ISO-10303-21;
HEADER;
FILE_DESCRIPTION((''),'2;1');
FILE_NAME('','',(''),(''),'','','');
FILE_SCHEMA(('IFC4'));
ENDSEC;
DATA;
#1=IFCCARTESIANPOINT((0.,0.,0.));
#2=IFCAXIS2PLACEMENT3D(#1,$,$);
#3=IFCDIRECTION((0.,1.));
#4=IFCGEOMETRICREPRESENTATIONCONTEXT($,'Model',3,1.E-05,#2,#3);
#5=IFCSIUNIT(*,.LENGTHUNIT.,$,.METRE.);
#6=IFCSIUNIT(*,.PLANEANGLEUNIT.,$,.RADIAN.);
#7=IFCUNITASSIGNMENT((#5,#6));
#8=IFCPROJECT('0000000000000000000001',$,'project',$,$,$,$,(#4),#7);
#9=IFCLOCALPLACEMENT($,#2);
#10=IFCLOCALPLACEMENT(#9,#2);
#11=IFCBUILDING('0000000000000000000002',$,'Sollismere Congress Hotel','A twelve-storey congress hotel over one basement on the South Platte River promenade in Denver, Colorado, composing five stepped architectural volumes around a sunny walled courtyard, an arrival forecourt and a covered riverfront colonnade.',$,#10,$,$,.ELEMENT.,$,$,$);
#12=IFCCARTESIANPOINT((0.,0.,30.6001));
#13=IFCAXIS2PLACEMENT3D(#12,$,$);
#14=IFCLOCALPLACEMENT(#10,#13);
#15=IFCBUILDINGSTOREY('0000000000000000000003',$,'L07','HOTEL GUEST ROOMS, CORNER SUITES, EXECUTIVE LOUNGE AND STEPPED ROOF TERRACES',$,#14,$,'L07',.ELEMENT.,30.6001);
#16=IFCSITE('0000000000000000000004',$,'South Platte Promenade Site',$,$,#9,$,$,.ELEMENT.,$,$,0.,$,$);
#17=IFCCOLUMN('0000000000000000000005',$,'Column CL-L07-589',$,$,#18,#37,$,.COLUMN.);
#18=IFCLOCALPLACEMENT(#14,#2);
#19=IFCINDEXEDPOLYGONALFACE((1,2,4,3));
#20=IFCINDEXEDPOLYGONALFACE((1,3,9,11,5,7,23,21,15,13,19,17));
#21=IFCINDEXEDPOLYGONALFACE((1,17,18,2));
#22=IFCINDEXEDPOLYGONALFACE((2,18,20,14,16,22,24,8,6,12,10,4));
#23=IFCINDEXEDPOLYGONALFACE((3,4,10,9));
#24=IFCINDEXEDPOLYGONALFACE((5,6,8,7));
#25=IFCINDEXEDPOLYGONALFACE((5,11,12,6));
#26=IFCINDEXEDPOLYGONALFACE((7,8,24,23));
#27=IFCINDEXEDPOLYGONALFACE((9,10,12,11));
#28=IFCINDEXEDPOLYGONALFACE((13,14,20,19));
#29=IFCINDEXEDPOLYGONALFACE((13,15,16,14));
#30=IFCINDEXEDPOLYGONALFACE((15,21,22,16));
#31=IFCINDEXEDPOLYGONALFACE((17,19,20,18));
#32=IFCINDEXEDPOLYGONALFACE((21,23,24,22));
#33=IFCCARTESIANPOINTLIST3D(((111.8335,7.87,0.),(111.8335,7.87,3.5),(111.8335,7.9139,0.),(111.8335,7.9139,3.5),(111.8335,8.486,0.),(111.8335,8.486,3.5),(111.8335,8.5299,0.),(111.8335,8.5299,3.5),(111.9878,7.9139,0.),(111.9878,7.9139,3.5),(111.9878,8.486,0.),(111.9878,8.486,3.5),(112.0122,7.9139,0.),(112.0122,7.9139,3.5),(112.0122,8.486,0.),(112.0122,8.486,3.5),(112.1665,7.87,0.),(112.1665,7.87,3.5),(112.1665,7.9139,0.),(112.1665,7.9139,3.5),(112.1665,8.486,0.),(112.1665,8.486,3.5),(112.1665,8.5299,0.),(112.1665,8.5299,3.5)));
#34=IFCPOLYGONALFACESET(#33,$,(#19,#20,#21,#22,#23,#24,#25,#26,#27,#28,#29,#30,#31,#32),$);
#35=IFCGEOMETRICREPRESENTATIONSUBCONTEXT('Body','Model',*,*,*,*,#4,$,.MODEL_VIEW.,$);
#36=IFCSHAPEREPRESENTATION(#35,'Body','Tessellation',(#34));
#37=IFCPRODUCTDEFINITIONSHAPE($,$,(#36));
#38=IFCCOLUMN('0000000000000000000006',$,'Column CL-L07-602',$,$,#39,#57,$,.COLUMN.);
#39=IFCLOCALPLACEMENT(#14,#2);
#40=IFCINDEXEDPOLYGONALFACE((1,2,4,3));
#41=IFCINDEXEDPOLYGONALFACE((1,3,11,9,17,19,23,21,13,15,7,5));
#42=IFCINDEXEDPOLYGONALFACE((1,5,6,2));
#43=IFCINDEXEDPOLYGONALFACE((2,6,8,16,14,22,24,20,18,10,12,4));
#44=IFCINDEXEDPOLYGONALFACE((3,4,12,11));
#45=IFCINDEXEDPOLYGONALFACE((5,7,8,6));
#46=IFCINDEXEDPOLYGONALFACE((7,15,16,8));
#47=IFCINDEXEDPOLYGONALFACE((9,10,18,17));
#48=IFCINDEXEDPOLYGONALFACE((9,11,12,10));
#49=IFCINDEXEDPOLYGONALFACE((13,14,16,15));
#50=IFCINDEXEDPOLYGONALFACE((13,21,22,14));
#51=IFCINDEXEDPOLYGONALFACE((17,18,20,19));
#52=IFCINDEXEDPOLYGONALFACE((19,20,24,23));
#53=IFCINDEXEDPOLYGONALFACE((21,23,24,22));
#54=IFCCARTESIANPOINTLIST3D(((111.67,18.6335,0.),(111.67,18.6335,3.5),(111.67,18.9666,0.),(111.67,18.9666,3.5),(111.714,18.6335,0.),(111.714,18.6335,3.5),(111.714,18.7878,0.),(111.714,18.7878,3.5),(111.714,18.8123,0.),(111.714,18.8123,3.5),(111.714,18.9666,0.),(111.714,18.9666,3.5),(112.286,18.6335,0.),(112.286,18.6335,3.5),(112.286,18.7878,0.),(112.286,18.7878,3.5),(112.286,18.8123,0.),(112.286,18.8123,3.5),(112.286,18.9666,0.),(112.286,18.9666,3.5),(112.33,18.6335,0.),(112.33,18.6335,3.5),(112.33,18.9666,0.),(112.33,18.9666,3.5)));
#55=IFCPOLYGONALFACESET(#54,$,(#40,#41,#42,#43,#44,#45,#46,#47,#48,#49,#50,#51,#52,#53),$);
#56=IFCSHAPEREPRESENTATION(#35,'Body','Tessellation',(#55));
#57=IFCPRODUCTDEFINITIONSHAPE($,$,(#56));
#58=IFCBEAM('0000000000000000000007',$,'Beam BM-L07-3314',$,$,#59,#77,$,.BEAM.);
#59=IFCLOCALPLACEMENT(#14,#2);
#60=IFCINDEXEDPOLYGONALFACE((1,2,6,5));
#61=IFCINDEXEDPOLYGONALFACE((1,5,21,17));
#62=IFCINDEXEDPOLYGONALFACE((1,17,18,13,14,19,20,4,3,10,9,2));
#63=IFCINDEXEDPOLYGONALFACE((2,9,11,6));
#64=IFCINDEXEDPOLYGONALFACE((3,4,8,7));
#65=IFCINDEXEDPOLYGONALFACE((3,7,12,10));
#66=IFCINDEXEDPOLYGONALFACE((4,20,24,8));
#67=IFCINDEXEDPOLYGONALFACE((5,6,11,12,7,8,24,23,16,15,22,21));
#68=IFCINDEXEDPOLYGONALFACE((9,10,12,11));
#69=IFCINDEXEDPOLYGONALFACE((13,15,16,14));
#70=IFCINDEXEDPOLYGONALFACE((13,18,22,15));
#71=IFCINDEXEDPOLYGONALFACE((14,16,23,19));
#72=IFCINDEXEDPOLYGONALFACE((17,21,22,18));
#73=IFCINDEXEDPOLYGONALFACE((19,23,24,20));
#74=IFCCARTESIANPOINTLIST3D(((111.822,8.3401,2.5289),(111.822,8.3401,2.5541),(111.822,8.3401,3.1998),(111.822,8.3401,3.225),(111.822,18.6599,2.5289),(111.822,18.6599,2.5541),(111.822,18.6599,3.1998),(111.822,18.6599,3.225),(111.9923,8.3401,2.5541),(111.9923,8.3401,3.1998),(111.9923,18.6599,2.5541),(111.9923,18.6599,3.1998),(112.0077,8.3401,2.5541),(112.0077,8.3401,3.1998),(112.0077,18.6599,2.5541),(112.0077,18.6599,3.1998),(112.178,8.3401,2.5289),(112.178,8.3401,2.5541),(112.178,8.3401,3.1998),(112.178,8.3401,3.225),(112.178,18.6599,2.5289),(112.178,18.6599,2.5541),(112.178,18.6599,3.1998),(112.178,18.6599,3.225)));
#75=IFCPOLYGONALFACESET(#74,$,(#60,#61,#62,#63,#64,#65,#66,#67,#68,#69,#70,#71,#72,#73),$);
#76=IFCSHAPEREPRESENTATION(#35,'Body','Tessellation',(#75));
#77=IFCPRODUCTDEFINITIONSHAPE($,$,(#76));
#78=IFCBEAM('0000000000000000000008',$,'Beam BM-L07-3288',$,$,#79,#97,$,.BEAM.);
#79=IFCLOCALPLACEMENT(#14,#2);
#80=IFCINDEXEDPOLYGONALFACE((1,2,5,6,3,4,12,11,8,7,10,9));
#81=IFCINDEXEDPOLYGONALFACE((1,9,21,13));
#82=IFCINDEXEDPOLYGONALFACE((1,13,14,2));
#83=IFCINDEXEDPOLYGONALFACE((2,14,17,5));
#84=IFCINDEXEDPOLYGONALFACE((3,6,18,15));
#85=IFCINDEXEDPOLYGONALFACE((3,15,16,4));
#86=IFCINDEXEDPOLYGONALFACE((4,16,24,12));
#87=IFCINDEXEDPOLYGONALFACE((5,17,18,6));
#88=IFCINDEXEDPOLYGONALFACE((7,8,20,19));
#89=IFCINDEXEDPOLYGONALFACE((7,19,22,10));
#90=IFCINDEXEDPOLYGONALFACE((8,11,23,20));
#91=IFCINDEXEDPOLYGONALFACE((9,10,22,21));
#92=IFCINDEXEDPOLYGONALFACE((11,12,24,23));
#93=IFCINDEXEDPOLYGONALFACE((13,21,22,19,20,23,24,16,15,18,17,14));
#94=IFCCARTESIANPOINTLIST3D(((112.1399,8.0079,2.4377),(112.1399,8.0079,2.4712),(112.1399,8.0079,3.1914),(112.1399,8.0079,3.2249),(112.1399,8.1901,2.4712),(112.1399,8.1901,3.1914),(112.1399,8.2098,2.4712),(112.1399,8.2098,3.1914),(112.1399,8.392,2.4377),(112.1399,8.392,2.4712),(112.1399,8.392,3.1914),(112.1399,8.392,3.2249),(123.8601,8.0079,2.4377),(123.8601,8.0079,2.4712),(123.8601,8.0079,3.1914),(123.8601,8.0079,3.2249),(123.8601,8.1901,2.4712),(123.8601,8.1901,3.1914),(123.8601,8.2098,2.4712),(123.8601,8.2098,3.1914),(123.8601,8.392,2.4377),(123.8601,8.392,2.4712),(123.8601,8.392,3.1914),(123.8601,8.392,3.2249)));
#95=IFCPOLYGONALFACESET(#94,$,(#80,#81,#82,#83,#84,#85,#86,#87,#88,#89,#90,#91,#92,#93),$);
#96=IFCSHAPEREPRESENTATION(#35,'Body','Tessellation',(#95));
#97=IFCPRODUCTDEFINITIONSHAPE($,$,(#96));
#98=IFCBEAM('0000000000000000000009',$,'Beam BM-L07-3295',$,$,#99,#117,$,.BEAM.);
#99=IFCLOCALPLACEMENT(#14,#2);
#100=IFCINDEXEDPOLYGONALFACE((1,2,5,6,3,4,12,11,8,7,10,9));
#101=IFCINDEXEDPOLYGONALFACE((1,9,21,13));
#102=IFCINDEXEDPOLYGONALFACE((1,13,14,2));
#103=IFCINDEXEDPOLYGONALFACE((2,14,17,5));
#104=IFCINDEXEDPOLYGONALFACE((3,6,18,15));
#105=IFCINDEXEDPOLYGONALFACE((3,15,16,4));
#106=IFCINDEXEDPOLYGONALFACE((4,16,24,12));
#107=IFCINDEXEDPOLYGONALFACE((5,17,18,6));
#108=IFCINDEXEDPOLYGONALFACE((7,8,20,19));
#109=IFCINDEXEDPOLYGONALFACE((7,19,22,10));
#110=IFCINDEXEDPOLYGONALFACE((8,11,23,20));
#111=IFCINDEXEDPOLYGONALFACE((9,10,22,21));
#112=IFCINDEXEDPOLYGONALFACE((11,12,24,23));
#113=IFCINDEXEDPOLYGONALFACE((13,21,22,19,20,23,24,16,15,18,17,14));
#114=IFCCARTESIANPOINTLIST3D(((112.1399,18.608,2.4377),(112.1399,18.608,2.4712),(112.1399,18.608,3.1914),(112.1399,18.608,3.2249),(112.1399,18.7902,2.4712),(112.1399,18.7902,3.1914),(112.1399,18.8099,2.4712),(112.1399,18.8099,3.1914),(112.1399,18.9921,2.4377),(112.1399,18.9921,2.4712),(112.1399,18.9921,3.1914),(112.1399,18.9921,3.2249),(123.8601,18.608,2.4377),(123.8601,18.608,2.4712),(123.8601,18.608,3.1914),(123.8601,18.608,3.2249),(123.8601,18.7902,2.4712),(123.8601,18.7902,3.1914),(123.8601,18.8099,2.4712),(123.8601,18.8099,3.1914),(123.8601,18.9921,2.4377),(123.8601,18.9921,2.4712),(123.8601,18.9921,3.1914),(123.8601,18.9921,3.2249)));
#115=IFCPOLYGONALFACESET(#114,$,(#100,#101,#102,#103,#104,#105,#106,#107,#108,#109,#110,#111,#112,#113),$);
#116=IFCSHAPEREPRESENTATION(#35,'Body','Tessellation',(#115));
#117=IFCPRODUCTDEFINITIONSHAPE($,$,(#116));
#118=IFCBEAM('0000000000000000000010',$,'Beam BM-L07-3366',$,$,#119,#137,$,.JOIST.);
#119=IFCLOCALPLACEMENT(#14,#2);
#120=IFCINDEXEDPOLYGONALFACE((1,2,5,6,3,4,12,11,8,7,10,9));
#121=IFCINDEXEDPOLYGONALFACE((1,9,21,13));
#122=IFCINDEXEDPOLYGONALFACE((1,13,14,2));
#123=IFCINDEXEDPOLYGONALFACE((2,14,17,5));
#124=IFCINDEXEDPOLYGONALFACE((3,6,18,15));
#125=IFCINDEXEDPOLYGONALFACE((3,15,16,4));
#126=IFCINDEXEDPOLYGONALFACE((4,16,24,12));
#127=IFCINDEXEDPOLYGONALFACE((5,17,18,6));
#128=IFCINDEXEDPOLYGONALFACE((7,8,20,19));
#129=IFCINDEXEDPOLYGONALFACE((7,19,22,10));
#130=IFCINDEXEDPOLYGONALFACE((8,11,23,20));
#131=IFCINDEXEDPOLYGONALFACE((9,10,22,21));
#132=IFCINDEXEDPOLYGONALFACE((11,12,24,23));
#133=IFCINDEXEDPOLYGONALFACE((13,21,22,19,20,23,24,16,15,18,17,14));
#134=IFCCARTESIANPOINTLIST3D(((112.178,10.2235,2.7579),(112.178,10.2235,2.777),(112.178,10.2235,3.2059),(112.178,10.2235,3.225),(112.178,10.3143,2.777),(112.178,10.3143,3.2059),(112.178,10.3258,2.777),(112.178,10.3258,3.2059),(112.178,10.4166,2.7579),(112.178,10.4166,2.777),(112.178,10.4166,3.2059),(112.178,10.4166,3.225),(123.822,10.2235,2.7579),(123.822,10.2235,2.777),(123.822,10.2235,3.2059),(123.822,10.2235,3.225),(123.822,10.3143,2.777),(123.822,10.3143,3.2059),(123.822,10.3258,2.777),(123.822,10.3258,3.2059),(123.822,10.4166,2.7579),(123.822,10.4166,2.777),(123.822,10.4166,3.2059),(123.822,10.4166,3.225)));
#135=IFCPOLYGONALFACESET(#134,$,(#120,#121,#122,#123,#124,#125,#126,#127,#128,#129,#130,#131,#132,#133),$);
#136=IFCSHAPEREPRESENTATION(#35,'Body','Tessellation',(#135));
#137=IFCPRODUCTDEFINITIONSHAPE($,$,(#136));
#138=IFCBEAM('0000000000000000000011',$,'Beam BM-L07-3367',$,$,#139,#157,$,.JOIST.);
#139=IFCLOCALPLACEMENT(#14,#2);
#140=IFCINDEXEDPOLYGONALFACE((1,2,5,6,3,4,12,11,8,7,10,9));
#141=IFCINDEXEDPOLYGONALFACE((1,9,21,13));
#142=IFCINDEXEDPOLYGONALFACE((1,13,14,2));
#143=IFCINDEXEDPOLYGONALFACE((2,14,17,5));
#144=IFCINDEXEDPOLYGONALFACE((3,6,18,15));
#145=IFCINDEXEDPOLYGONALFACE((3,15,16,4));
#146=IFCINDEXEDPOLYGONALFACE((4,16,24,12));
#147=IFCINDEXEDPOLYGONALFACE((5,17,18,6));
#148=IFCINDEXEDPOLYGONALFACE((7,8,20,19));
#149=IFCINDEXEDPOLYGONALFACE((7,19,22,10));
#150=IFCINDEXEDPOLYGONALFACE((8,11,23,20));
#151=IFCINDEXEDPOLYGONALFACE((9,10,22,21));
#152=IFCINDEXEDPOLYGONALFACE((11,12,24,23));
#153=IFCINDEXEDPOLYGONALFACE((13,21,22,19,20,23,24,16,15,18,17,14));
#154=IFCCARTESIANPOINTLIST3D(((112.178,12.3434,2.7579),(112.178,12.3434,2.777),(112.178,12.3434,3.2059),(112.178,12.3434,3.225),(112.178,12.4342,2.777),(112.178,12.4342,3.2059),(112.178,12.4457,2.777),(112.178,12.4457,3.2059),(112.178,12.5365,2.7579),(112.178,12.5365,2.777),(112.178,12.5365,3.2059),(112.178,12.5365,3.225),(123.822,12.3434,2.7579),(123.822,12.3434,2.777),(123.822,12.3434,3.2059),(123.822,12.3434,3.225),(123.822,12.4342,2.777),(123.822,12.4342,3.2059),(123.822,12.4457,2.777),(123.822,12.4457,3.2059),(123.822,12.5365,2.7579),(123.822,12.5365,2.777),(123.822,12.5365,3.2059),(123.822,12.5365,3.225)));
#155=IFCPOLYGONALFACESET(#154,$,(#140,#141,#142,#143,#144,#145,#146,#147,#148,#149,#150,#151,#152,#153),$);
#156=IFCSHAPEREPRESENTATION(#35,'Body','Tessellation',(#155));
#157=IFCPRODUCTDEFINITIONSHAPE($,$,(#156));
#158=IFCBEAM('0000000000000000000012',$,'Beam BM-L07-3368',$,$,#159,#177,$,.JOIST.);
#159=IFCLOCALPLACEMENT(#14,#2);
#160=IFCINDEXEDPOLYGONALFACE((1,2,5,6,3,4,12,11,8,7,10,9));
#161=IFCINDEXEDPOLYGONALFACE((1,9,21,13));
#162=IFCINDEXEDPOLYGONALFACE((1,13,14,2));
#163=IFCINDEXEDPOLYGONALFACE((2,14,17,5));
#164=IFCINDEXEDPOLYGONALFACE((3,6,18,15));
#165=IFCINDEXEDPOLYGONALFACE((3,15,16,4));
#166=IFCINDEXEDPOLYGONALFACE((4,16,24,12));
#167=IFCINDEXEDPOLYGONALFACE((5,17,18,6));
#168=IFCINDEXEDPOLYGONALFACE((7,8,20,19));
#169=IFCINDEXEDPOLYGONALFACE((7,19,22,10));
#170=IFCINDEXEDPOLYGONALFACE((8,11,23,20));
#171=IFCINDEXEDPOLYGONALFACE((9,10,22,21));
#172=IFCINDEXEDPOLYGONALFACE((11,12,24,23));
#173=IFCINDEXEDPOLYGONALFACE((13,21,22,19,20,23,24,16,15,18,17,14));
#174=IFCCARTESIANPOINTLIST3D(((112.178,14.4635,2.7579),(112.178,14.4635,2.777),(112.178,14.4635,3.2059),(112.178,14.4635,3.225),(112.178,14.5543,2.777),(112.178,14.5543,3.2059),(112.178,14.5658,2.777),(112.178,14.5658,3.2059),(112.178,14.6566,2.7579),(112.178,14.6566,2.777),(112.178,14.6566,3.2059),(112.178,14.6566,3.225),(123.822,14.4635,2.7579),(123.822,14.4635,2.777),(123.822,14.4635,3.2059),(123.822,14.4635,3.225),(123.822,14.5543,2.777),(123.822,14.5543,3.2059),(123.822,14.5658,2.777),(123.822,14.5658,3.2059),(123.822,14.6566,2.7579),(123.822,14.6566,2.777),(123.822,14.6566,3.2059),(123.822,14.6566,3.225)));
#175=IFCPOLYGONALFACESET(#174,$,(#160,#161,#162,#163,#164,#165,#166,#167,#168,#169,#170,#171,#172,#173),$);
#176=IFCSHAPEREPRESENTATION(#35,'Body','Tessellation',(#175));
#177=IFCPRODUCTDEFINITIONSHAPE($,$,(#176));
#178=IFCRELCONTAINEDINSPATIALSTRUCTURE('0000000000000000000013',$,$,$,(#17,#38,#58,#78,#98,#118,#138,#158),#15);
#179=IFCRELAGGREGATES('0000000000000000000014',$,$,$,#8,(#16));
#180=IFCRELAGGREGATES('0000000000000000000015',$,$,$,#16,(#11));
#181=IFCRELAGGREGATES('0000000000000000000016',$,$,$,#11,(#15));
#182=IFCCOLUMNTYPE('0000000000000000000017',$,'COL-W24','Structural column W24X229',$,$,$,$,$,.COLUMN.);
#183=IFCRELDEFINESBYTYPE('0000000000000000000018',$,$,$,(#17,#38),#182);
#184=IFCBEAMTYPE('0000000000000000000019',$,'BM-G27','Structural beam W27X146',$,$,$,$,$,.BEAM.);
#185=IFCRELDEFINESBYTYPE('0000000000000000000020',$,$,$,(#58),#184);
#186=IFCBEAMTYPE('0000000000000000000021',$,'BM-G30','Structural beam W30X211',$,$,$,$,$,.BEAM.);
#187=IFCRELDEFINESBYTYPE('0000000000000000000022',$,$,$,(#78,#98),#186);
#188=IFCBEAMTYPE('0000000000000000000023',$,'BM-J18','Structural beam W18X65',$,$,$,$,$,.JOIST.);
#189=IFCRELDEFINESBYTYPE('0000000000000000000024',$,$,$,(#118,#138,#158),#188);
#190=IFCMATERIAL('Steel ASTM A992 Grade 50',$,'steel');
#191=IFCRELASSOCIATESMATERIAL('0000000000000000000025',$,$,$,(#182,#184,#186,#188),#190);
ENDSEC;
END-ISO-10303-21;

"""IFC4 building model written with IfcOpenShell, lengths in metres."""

from ifc_helpers import new_model, si_unit, direction, frame, origin, origin_2d, place, context, subcontext, project, spatial, i_section, extrude, material, material_profile, profile_set, type_object, element, save


model = new_model("IFC4")

# Units and contexts
model_context = context("Model", 3, precision=1e-05, world=origin(), true_north=direction((0.0, 1.0)))
body_context = subcontext(model_context, "Body", "Model", "MODEL_VIEW")
ifc_project = project(units=[si_unit("LENGTHUNIT", "METRE"), si_unit("PLANEANGLEUNIT", "RADIAN")], contexts=[model_context])

# Site, building, storey
site_placement = place(None, origin())
site = spatial("IfcSite", under=ifc_project, at=site_placement, Name="South Platte Promenade Site", CompositionType="ELEMENT", RefElevation=0.0)
building_placement = place(site_placement, origin())
building = spatial("IfcBuilding", under=site, at=building_placement, Name="Sollismere Congress Hotel", Description="A twelve-storey congress hotel over one basement on the South Platte River promenade in Denver, Colorado, composing five stepped architectural volumes around a sunny walled courtyard, an arrival forecourt and a covered riverfront colonnade.", CompositionType="ELEMENT")
storey_placement = place(building_placement, frame((0.0, 0.0, 30.6001)))
storey = spatial("IfcBuildingStorey", under=building, at=storey_placement, Name="L07", Description="HOTEL GUEST ROOMS, CORNER SUITES, EXECUTIVE LOUNGE AND STEPPED ROOF TERRACES", LongName="L07", CompositionType="ELEMENT", Elevation=30.6001)

# Columns
ifc_material_1 = material(Name="Steel ASTM A992 Grade 50", Category="steel")
ifc_material_profile_1 = material_profile(ifc_material_1, i_section(OverallWidth=0.333, OverallDepth=0.6599, WebThickness=0.0244, FlangeThickness=0.0439, at=origin_2d()), Name="W24X229")
ifc_profile_set_1 = profile_set([ifc_material_profile_1], Name="Steel ASTM A992 Grade 50")
column_type = type_object("IfcColumnType", Name="COL-W24", Description="Structural column W24X229", PredefinedType="COLUMN", material=ifc_profile_set_1)
for number, where, z_axis, x_axis, name in (
    (1, (112.0, 8.2, 0.0), (0.0, 0.0, 1.0), (1.0, 0.0, 0.0), "Column CL-L07-589"),
    (2, (112.0, 18.8, 0.0), (0.0, 0.0, 1.0), (0.0, 1.0, 0.0), "Column CL-L07-602"),
):
    element("IfcColumn", number, at=place(storey_placement, frame(where, z_axis=z_axis, x_axis=x_axis)), inside=storey, type_object=column_type, Name=name, PredefinedType="COLUMN", context=body_context, shape_type="SweptSolid", body=[
        extrude(i_section(OverallWidth=0.333, OverallDepth=0.6599, WebThickness=0.0244, FlangeThickness=0.0439, at=origin_2d()), origin(), (0.0, 0.0, 1.0), 3.5),
    ])

# Beams
ifc_material_profile_2 = material_profile(ifc_material_1, i_section(OverallWidth=0.356, OverallDepth=0.696, WebThickness=0.0154, FlangeThickness=0.0251, at=origin_2d()), Name="W27X146")
ifc_profile_set_2 = profile_set([ifc_material_profile_2], Name="Steel ASTM A992 Grade 50")
beam_type_1 = type_object("IfcBeamType", Name="BM-G27", Description="Structural beam W27X146", PredefinedType="BEAM", material=ifc_profile_set_2)
beam_placement = place(storey_placement, frame((112.0, 8.3401, 2.877), z_axis=(0.0, 1.0, 0.0), x_axis=(-1.0, 0.0, 0.0)))
element("IfcBeam", 3, at=beam_placement, inside=storey, type_object=beam_type_1, Name="Beam BM-L07-3314", PredefinedType="BEAM", context=body_context, shape_type="SweptSolid", body=[
    extrude(i_section(OverallWidth=0.356, OverallDepth=0.696, WebThickness=0.0154, FlangeThickness=0.0251, at=origin_2d()), origin(), (0.0, 0.0, 1.0), 10.3198),
])
ifc_material_profile_3 = material_profile(ifc_material_1, i_section(OverallWidth=0.384, OverallDepth=0.7871, WebThickness=0.0198, FlangeThickness=0.0334, at=origin_2d()), Name="W30X211")
ifc_profile_set_3 = profile_set([ifc_material_profile_3], Name="Steel ASTM A992 Grade 50")
beam_type_2 = type_object("IfcBeamType", Name="BM-G30", Description="Structural beam W30X211", PredefinedType="BEAM", material=ifc_profile_set_3)
for number, where, z_axis, x_axis, name in (
    (4, (112.1399, 8.2, 2.8313), (1.0, 0.0, 0.0), (0.0, 1.0, 0.0), "Beam BM-L07-3288"),
    (5, (112.1399, 18.8, 2.8313), (1.0, 0.0, 0.0), (0.0, 1.0, 0.0), "Beam BM-L07-3295"),
):
    element("IfcBeam", number, at=place(storey_placement, frame(where, z_axis=z_axis, x_axis=x_axis)), inside=storey, type_object=beam_type_2, Name=name, PredefinedType="BEAM", context=body_context, shape_type="SweptSolid", body=[
        extrude(i_section(OverallWidth=0.384, OverallDepth=0.7871, WebThickness=0.0198, FlangeThickness=0.0334, at=origin_2d()), origin(), (0.0, 0.0, 1.0), 11.7202),
    ])
ifc_material_profile_4 = material_profile(ifc_material_1, i_section(OverallWidth=0.1931, OverallDepth=0.467, WebThickness=0.0115, FlangeThickness=0.019, at=origin_2d()), Name="W18X65")
ifc_profile_set_4 = profile_set([ifc_material_profile_4], Name="Steel ASTM A992 Grade 50")
beam_type_3 = type_object("IfcBeamType", Name="BM-J18", Description="Structural beam W18X65", PredefinedType="JOIST", material=ifc_profile_set_4)
for number, where, z_axis, x_axis, name in (
    (6, (112.178, 10.3201, 2.9915), (1.0, 0.0, 0.0), (0.0, 1.0, 0.0), "Beam BM-L07-3366"),
    (7, (112.178, 12.4399, 2.9915), (1.0, 0.0, 0.0), (0.0, 1.0, 0.0), "Beam BM-L07-3367"),
    (8, (112.178, 14.5601, 2.9915), (1.0, 0.0, 0.0), (0.0, 1.0, 0.0), "Beam BM-L07-3368"),
):
    element("IfcBeam", number, at=place(storey_placement, frame(where, z_axis=z_axis, x_axis=x_axis)), inside=storey, type_object=beam_type_3, Name=name, PredefinedType="JOIST", context=body_context, shape_type="SweptSolid", body=[
        extrude(i_section(OverallWidth=0.1931, OverallDepth=0.467, WebThickness=0.0115, FlangeThickness=0.019, at=origin_2d()), origin(), (0.0, 0.0, 1.0), 11.644),
    ])

save(model, "model.ifc")
